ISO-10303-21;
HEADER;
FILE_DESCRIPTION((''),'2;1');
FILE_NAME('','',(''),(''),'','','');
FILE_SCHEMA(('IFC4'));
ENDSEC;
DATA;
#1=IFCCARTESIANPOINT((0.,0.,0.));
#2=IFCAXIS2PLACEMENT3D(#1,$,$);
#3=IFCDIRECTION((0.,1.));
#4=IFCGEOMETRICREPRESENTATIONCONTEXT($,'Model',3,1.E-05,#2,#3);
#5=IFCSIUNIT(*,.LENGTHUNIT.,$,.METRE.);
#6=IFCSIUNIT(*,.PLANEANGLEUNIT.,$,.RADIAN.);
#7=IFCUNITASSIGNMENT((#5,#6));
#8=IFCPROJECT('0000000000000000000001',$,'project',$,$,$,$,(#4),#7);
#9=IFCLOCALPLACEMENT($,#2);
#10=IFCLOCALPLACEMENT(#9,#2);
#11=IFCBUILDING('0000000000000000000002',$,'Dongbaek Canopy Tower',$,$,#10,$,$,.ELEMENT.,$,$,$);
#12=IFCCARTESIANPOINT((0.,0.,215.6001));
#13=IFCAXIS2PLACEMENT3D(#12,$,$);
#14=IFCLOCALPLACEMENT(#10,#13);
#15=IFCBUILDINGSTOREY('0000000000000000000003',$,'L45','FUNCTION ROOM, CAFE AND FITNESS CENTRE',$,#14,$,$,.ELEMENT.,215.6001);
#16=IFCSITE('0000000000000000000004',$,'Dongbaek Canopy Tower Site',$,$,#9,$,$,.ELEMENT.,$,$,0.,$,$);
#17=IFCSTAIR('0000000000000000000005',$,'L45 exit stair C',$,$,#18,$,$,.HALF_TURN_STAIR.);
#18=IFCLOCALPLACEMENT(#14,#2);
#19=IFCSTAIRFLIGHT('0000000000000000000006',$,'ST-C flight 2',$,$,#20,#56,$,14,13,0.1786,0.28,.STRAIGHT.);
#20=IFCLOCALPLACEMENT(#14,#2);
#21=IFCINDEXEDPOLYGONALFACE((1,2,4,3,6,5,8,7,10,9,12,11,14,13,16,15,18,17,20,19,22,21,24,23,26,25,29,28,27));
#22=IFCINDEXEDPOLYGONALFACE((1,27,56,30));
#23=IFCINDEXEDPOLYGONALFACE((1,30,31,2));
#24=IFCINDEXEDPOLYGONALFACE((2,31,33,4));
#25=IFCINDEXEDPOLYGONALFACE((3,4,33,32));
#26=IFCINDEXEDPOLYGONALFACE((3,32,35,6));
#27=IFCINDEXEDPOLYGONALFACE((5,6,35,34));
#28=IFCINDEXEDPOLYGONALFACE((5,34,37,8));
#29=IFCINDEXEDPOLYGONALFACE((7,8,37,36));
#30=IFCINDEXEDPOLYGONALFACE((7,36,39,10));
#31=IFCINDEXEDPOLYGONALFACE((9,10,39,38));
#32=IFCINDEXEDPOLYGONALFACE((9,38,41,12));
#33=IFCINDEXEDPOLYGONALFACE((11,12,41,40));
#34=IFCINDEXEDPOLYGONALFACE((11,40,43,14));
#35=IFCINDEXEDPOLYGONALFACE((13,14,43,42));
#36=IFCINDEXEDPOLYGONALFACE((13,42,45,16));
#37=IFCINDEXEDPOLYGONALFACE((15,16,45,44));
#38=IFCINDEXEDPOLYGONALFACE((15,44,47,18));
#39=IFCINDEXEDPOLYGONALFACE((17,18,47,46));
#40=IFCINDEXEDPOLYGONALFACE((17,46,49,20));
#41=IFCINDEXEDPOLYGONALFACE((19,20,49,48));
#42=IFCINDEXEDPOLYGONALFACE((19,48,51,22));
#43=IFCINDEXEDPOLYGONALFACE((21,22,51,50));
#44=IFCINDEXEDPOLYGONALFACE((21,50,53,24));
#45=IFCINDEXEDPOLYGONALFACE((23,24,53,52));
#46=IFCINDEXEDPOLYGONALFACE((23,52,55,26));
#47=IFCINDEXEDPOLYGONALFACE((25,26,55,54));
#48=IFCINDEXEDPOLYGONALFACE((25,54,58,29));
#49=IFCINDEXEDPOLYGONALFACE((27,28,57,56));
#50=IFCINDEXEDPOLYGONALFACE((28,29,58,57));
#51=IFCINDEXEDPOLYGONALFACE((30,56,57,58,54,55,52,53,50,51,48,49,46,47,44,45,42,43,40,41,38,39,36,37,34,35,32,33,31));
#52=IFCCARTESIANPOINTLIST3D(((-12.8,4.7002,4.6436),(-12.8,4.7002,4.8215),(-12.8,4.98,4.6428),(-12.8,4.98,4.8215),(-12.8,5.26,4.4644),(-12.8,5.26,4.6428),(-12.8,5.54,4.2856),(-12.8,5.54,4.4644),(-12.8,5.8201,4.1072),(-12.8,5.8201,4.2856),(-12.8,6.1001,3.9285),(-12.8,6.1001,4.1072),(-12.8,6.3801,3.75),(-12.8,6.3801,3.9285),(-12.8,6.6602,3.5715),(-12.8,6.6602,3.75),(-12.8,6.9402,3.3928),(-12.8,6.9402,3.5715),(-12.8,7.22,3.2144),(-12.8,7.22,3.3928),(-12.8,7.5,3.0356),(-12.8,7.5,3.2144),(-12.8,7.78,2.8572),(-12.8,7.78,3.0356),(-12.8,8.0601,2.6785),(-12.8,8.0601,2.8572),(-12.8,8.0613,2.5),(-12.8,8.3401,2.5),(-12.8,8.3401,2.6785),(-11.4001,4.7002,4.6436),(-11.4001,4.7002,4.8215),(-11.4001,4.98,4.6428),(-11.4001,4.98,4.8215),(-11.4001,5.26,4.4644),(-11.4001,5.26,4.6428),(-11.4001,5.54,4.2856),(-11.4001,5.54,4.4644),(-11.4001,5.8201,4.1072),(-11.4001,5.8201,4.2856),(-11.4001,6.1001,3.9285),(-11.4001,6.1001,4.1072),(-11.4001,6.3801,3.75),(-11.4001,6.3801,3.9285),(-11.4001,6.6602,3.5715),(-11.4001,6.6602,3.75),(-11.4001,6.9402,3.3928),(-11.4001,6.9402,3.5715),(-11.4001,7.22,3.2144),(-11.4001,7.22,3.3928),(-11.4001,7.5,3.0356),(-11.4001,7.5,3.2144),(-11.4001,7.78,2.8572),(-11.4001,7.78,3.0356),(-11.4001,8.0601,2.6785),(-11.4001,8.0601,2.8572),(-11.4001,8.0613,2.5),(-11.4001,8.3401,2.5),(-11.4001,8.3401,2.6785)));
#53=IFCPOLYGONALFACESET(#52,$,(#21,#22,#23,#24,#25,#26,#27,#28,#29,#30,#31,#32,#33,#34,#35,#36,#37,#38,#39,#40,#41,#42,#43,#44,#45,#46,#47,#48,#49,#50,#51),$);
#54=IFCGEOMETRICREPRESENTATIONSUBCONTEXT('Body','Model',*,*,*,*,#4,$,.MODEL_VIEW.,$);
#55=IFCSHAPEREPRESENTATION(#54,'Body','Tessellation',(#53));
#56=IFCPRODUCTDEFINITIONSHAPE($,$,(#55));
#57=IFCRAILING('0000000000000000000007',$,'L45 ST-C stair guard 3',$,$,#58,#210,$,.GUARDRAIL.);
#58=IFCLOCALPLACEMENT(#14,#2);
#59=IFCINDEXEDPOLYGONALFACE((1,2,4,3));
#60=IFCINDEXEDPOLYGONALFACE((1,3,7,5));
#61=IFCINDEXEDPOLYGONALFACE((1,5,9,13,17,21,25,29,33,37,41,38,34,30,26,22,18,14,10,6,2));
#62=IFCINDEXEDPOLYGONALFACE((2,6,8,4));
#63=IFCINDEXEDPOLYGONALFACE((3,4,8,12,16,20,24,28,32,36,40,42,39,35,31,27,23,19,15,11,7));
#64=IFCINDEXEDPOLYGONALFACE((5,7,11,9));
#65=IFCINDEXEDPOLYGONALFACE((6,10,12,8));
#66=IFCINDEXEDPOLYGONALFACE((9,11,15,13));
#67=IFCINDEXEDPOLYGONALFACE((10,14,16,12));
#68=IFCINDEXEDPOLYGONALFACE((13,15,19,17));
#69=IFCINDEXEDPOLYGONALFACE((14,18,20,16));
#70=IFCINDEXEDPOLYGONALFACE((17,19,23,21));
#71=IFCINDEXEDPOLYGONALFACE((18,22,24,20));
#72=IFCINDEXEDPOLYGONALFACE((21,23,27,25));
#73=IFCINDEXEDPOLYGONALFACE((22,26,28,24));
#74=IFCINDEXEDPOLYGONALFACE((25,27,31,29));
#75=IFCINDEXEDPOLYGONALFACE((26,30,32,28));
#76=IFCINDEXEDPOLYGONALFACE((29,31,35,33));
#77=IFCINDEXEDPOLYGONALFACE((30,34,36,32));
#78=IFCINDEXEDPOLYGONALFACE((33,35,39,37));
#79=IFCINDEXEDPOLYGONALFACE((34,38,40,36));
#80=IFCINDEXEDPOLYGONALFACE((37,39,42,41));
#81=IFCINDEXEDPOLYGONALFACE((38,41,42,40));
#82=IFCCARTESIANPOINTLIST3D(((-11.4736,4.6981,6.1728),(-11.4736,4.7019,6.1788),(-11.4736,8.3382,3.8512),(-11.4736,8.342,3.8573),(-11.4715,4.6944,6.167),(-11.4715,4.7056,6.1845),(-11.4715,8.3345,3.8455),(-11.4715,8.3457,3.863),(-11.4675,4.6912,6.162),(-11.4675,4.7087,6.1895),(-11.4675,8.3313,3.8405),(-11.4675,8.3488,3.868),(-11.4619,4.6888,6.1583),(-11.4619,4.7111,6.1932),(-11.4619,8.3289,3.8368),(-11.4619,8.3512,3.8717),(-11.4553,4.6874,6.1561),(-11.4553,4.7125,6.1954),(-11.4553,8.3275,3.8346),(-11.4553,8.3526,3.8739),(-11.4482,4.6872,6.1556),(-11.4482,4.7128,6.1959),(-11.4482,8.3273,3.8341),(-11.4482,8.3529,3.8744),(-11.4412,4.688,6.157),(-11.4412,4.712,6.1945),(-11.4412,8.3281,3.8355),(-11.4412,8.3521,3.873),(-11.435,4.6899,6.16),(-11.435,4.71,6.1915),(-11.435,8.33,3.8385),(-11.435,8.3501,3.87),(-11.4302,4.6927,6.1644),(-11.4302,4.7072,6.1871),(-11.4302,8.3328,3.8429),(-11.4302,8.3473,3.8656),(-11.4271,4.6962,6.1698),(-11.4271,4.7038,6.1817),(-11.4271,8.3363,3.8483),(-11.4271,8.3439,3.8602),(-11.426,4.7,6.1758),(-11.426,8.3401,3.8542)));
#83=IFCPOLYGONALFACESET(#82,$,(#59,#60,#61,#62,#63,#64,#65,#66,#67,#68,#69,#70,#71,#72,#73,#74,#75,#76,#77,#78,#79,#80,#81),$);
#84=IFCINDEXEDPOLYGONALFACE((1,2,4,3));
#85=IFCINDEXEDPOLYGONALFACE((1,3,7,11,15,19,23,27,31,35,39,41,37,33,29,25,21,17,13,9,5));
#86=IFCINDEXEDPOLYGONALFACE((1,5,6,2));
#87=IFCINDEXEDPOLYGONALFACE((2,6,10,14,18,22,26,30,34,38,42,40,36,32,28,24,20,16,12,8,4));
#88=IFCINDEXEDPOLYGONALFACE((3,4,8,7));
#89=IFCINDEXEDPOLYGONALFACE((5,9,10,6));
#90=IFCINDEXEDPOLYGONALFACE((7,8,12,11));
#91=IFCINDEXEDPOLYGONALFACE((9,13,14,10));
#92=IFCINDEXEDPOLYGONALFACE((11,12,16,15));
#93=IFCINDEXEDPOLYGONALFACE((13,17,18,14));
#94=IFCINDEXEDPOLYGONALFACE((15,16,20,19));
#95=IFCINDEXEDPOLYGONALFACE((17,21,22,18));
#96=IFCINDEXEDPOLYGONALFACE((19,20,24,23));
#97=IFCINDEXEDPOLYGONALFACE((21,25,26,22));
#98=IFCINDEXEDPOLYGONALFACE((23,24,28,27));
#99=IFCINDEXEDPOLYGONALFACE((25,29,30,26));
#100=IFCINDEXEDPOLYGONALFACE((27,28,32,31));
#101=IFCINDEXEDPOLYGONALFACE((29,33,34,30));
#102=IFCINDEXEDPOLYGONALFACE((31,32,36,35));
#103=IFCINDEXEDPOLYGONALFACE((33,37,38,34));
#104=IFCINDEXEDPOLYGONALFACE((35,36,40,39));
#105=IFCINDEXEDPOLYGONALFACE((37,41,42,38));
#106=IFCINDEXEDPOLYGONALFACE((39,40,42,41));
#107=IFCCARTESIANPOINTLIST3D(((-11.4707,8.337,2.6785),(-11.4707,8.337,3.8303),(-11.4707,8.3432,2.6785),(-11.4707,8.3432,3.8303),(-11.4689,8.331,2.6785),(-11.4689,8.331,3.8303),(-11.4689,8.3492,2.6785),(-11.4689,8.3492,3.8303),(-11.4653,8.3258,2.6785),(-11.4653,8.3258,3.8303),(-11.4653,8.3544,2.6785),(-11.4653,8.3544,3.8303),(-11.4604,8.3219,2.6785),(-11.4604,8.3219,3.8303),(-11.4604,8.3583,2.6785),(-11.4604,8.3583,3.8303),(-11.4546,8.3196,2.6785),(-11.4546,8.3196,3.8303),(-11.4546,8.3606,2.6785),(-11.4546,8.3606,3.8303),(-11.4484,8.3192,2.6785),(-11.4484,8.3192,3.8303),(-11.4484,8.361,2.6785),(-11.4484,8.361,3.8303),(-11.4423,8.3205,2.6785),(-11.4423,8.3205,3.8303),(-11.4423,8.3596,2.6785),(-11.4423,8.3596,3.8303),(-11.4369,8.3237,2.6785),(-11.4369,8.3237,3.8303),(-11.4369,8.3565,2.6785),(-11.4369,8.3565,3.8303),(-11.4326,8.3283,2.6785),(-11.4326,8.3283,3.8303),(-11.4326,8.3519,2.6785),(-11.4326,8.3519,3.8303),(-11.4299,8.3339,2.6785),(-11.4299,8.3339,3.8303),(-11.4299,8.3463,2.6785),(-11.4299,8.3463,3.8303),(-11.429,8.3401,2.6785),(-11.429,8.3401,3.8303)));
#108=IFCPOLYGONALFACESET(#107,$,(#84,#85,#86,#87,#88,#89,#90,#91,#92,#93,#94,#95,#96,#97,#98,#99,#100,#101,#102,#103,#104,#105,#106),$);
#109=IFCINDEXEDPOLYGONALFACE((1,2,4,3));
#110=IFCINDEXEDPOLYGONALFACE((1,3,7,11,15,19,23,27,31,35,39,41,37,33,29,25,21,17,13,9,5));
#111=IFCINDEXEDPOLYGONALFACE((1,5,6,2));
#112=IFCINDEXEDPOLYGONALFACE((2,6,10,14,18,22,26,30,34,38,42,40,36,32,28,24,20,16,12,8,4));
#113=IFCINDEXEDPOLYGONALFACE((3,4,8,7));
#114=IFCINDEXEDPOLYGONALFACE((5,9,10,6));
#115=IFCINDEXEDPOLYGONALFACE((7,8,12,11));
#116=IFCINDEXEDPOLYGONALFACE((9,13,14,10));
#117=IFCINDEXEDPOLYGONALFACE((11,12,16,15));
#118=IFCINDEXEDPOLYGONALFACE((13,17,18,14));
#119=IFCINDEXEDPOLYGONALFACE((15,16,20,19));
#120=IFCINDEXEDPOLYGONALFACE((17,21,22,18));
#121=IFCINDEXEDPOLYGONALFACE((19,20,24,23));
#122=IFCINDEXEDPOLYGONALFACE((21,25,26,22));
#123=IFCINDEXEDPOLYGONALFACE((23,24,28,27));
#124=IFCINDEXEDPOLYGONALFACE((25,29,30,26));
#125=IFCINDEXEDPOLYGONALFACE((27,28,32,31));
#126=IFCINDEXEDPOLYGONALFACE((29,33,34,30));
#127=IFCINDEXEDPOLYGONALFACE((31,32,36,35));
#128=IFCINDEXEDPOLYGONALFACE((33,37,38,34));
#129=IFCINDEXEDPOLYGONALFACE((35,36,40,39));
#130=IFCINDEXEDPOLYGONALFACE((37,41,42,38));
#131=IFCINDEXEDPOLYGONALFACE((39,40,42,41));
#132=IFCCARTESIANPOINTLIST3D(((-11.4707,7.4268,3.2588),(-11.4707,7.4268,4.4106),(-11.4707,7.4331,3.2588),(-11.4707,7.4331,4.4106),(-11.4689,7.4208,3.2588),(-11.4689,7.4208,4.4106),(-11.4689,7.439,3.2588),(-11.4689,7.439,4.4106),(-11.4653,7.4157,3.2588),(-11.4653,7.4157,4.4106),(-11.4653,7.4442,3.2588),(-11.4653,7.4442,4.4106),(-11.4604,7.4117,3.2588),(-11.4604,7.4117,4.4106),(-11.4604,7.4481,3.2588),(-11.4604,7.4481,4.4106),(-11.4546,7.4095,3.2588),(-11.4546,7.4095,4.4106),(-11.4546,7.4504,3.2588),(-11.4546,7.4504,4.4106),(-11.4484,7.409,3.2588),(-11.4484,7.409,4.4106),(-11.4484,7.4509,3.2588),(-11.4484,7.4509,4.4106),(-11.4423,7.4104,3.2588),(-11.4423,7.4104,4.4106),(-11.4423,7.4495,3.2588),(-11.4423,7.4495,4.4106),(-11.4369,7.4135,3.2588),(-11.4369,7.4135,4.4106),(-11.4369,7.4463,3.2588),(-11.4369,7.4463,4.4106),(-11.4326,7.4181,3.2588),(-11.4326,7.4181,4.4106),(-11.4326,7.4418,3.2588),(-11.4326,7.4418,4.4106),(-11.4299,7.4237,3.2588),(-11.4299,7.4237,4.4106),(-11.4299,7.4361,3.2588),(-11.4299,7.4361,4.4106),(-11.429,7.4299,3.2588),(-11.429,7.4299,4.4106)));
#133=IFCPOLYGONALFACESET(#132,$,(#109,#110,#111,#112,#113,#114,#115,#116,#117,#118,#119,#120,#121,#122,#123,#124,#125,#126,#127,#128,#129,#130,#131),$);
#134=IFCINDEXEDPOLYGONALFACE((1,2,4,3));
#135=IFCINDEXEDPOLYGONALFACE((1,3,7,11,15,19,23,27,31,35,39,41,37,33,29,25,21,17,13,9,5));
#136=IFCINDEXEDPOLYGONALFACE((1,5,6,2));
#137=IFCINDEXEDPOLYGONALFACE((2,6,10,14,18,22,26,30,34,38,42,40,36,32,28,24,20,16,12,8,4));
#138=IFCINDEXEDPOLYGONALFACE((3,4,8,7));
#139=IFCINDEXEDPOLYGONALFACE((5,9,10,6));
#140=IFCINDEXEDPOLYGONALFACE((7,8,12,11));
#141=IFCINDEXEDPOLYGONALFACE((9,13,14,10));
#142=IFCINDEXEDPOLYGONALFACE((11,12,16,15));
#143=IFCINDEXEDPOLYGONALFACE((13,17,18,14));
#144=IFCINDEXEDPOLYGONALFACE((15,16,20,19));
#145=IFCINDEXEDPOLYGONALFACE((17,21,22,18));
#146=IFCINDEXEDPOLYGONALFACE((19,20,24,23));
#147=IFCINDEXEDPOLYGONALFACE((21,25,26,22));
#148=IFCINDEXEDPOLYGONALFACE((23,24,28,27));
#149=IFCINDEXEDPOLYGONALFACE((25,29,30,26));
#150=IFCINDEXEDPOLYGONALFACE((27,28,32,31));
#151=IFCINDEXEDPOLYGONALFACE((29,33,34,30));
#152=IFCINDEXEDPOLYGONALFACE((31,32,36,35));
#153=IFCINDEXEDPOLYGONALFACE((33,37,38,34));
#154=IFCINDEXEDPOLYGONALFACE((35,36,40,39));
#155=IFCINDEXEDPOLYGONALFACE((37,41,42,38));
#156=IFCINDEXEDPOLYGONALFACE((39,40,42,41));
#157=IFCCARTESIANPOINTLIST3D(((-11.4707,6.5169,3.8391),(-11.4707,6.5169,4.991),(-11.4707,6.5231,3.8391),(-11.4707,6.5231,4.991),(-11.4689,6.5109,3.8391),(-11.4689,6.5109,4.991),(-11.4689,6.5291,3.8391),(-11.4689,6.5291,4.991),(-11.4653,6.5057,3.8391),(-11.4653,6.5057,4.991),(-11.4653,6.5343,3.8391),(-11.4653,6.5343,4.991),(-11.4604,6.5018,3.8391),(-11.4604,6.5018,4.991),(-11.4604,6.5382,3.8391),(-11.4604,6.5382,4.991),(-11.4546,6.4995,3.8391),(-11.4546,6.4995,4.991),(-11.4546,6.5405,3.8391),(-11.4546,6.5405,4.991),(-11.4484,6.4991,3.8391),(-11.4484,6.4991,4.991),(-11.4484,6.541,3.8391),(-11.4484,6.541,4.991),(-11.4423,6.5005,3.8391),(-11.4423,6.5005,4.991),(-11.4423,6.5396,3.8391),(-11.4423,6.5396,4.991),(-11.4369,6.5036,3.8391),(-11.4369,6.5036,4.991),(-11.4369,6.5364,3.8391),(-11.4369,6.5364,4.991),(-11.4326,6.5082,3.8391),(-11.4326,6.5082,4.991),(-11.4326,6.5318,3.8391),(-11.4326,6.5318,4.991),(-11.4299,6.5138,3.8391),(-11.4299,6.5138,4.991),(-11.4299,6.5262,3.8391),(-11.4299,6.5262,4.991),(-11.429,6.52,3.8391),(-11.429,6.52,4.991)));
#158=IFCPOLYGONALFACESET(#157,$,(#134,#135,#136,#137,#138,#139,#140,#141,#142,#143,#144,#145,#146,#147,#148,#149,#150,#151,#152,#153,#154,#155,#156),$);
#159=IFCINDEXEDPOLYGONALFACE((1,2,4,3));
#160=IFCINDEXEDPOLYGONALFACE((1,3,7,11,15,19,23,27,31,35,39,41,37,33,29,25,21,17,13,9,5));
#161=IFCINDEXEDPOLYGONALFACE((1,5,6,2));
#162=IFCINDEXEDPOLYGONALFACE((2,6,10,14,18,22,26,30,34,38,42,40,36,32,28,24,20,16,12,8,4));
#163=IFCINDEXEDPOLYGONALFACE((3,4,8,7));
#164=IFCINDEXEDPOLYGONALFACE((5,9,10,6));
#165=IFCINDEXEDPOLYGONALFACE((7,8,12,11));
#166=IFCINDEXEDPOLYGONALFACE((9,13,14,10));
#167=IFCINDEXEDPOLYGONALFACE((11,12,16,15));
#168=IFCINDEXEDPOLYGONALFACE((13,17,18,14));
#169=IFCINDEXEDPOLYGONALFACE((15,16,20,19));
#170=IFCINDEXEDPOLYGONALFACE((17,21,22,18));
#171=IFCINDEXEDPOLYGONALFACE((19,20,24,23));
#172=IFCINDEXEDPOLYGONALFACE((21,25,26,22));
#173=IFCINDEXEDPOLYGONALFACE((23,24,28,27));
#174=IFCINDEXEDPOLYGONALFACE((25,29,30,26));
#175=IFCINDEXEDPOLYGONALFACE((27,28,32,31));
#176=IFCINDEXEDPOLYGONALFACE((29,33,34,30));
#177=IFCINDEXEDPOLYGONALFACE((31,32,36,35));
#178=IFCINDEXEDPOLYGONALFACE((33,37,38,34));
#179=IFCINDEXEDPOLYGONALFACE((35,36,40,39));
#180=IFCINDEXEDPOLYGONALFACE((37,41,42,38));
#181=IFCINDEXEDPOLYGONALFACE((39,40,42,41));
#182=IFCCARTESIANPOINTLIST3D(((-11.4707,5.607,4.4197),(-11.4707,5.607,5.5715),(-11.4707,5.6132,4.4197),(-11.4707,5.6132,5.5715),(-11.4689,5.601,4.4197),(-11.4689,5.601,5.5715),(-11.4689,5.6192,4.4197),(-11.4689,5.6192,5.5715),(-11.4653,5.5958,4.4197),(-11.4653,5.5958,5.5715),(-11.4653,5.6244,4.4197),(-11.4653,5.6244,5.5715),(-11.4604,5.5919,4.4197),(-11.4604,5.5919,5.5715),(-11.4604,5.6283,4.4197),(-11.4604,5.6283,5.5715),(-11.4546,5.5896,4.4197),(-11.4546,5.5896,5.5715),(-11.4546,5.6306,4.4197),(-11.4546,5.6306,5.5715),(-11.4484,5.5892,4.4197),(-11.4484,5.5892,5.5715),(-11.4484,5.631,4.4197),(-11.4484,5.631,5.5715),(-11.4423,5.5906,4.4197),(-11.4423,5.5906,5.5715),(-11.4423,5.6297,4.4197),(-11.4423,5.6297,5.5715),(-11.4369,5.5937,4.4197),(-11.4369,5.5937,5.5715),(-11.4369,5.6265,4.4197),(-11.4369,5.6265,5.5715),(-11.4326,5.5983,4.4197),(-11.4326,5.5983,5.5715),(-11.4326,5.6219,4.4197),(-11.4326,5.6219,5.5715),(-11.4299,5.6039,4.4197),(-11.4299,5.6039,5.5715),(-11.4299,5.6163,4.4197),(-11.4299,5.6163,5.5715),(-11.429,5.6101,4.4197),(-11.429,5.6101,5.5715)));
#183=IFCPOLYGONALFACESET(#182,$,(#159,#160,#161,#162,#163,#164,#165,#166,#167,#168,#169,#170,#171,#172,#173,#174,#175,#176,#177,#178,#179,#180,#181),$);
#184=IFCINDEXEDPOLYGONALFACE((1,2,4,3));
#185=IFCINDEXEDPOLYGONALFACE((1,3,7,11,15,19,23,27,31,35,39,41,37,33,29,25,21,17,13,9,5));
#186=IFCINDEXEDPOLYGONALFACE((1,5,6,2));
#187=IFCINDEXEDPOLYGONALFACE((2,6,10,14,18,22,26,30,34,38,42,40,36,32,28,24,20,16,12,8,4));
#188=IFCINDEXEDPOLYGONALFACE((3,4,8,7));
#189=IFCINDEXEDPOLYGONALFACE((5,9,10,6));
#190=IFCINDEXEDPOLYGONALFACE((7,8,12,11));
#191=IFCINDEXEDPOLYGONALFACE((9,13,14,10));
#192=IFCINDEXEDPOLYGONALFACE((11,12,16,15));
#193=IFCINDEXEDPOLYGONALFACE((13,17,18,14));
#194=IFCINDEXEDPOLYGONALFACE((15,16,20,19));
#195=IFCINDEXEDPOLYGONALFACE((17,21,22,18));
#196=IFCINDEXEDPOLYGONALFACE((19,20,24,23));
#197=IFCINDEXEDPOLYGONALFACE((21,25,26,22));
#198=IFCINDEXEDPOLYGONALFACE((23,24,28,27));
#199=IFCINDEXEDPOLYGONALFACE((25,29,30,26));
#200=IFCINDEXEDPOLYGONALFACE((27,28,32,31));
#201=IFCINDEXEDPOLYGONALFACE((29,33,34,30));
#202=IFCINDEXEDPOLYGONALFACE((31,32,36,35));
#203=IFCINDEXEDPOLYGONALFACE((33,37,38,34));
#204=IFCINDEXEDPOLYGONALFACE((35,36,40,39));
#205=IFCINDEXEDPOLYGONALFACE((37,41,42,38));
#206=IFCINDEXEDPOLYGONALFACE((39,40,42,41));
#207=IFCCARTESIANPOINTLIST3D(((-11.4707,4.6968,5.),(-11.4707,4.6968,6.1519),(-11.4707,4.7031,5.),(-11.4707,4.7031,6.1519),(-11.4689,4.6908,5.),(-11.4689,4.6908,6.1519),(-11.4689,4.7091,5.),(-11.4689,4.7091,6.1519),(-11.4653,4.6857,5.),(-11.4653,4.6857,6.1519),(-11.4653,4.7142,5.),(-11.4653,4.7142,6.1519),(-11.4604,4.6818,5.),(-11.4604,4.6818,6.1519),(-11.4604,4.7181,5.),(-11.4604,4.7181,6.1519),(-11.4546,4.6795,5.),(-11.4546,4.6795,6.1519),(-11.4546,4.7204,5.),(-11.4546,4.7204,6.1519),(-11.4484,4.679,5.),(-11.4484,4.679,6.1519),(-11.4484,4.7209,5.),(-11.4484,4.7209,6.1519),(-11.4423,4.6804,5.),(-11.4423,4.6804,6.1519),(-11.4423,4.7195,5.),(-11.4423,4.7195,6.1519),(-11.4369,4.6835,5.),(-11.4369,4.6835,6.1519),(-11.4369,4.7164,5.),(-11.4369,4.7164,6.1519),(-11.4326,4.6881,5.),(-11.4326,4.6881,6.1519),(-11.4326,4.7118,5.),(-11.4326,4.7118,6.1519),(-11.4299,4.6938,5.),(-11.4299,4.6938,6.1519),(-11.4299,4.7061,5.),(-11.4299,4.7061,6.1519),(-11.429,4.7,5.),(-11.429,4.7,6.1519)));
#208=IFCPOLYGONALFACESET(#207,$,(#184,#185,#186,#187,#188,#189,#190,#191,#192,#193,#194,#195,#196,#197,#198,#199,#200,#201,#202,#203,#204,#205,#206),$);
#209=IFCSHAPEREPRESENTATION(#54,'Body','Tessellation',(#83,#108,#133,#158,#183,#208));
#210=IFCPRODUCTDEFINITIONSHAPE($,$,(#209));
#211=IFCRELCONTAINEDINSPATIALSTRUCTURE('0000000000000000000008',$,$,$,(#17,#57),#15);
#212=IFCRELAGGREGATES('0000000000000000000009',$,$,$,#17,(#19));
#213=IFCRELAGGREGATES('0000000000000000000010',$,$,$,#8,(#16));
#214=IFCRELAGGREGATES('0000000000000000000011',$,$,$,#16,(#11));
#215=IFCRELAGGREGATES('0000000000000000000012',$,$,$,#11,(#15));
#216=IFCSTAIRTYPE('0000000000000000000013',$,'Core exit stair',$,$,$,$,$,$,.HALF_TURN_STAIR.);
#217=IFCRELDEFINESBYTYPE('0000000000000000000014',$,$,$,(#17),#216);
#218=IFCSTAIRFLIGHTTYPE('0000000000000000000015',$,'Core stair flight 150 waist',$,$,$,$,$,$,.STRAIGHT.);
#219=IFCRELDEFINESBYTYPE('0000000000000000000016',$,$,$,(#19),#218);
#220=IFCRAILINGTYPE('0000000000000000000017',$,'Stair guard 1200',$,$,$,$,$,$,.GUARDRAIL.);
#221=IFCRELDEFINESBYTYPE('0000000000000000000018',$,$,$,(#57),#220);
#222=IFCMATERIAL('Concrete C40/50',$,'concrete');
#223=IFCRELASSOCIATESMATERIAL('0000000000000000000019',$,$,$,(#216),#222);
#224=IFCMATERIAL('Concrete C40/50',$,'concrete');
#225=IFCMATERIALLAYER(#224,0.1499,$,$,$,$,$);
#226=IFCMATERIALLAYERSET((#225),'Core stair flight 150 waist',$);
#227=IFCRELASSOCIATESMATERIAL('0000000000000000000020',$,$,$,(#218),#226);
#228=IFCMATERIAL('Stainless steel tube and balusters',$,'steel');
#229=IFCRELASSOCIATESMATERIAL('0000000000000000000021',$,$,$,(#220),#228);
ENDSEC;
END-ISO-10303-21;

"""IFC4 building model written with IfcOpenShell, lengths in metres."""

from ifc_helpers import new_model, si_unit, direction, frame, origin, origin_2d, place, context, subcontext, project, spatial, polyline, circle, outline, extrude, material, layer, layer_set, type_object, element, aggregate, save


model = new_model("IFC4")

# Units and contexts
model_context = context("Model", 3, precision=1e-05, world=origin(), true_north=direction((0.0, 1.0)))
body_context = subcontext(model_context, "Body", "Model", "MODEL_VIEW")
ifc_project = project(units=[si_unit("LENGTHUNIT", "METRE"), si_unit("PLANEANGLEUNIT", "RADIAN")], contexts=[model_context])

# Site, building, storey
site_placement = place(None, origin())
site = spatial("IfcSite", under=ifc_project, at=site_placement, Name="Dongbaek Canopy Tower Site", CompositionType="ELEMENT", RefElevation=0.0)
building_placement = place(site_placement, origin())
building = spatial("IfcBuilding", under=site, at=building_placement, Name="Dongbaek Canopy Tower", CompositionType="ELEMENT")
storey_placement = place(building_placement, frame((0.0, 0.0, 215.6001)))
storey = spatial("IfcBuildingStorey", under=building, at=storey_placement, Name="L45", Description="FUNCTION ROOM, CAFE AND FITNESS CENTRE", CompositionType="ELEMENT", Elevation=215.6001)

# Stair, stair flight
ifc_material_1 = material(Name="Concrete C40/50", Category="concrete")
stair_type = type_object("IfcStairType", Name="Core exit stair", PredefinedType="HALF_TURN_STAIR", material=ifc_material_1)
stair_placement = place(storey_placement, origin())
stair = element("IfcStair", 1, at=stair_placement, inside=storey, type_object=stair_type, Name="L45 exit stair C", PredefinedType="HALF_TURN_STAIR")
ifc_material_2 = material(Name="Concrete C40/50", Category="concrete")
ifc_layer_1 = layer(ifc_material_2, 0.1499)
ifc_layer_set_1 = layer_set([ifc_layer_1], Name="Core stair flight 150 waist")
stair_flight_type = type_object("IfcStairFlightType", Name="Core stair flight 150 waist", PredefinedType="STRAIGHT", material=ifc_layer_set_1)
stair_flight_placement = place(storey_placement, frame((-12.1001, 8.3401, 2.5), z_axis=(0.0, 0.0, 1.0), x_axis=(0.0, -1.0, 0.0)))
stair_flight = element("IfcStairFlight", 2, at=stair_flight_placement, type_object=stair_flight_type, Name="ST-C flight 2", NumberOfRisers=14, NumberOfTreads=13, PredefinedType="STRAIGHT", RiserHeight=0.1786, TreadLength=0.28, context=body_context, shape_type="SweptSolid", body=[
    extrude(outline(polyline([(0.0, 0.0), (0.0, 0.1785), (0.28, 0.1785), (0.28, 0.3572), (0.5601, 0.3572), (0.5601, 0.5356), (0.8401, 0.5356), (0.8401, 0.7144), (1.1201, 0.7144), (1.1201, 0.8928), (1.3999, 0.8928), (1.3999, 1.0715), (1.6799, 1.0715), (1.6799, 1.25), (1.96, 1.25), (1.96, 1.4285), (2.24, 1.4285), (2.24, 1.6072), (2.52, 1.6072), (2.52, 1.7856), (2.8, 1.7856), (2.8, 1.9644), (3.0801, 1.9644), (3.0801, 2.1428), (3.3601, 2.1428), (3.3601, 2.3215), (3.6399, 2.3215), (3.6399, 2.5), (3.6399, 2.1436), (0.2788, 0.0), (0.0, 0.0)])), frame((0.0, 0.7, 0.0), z_axis=(0.0, -1.0, 0.0), x_axis=(1.0, 0.0, 0.0)), (0.0, 0.0, 1.0), 1.3999),
])
aggregate(stair, [stair_flight])

# Railing
ifc_material_3 = material(Name="Stainless steel tube and balusters", Category="steel")
railing_type_1 = type_object("IfcRailingType", Name="Stair guard 1200", PredefinedType="GUARDRAIL", material=ifc_material_3)
railing_1_placement = place(storey_placement, frame((-11.45, 8.3401, 2.6785)))
element("IfcRailing", 3, at=railing_1_placement, inside=storey, type_object=railing_type_1, Name="L45 ST-C stair guard 3", PredefinedType="GUARDRAIL", context=body_context, shape_type="SweptSolid", body=[
    extrude(circle(Radius=0.0239, at=origin_2d()), frame((0.0, 0.0, 1.1758), z_axis=(0.0, -0.843128, 0.537713), x_axis=(1.0, 0.0, 0.0)), (0.0, 0.0, 1.0), 4.3174),
    extrude(circle(Radius=0.021, at=origin_2d()), origin(), (0.0, 0.0, 1.0), 1.1519),
    extrude(circle(Radius=0.021, at=origin_2d()), frame((0.0, -0.9102, 0.5803)), (0.0, 0.0, 1.0), 1.1519),
    extrude(circle(Radius=0.021, at=origin_2d()), frame((0.0, -1.8201, 1.1606)), (0.0, 0.0, 1.0), 1.1519),
    extrude(circle(Radius=0.021, at=origin_2d()), frame((0.0, -2.73, 1.7412)), (0.0, 0.0, 1.0), 1.1519),
    extrude(circle(Radius=0.021, at=origin_2d()), frame((0.0, -3.6401, 2.3215)), (0.0, 0.0, 1.0), 1.1519),
])

save(model, "model.ifc")
